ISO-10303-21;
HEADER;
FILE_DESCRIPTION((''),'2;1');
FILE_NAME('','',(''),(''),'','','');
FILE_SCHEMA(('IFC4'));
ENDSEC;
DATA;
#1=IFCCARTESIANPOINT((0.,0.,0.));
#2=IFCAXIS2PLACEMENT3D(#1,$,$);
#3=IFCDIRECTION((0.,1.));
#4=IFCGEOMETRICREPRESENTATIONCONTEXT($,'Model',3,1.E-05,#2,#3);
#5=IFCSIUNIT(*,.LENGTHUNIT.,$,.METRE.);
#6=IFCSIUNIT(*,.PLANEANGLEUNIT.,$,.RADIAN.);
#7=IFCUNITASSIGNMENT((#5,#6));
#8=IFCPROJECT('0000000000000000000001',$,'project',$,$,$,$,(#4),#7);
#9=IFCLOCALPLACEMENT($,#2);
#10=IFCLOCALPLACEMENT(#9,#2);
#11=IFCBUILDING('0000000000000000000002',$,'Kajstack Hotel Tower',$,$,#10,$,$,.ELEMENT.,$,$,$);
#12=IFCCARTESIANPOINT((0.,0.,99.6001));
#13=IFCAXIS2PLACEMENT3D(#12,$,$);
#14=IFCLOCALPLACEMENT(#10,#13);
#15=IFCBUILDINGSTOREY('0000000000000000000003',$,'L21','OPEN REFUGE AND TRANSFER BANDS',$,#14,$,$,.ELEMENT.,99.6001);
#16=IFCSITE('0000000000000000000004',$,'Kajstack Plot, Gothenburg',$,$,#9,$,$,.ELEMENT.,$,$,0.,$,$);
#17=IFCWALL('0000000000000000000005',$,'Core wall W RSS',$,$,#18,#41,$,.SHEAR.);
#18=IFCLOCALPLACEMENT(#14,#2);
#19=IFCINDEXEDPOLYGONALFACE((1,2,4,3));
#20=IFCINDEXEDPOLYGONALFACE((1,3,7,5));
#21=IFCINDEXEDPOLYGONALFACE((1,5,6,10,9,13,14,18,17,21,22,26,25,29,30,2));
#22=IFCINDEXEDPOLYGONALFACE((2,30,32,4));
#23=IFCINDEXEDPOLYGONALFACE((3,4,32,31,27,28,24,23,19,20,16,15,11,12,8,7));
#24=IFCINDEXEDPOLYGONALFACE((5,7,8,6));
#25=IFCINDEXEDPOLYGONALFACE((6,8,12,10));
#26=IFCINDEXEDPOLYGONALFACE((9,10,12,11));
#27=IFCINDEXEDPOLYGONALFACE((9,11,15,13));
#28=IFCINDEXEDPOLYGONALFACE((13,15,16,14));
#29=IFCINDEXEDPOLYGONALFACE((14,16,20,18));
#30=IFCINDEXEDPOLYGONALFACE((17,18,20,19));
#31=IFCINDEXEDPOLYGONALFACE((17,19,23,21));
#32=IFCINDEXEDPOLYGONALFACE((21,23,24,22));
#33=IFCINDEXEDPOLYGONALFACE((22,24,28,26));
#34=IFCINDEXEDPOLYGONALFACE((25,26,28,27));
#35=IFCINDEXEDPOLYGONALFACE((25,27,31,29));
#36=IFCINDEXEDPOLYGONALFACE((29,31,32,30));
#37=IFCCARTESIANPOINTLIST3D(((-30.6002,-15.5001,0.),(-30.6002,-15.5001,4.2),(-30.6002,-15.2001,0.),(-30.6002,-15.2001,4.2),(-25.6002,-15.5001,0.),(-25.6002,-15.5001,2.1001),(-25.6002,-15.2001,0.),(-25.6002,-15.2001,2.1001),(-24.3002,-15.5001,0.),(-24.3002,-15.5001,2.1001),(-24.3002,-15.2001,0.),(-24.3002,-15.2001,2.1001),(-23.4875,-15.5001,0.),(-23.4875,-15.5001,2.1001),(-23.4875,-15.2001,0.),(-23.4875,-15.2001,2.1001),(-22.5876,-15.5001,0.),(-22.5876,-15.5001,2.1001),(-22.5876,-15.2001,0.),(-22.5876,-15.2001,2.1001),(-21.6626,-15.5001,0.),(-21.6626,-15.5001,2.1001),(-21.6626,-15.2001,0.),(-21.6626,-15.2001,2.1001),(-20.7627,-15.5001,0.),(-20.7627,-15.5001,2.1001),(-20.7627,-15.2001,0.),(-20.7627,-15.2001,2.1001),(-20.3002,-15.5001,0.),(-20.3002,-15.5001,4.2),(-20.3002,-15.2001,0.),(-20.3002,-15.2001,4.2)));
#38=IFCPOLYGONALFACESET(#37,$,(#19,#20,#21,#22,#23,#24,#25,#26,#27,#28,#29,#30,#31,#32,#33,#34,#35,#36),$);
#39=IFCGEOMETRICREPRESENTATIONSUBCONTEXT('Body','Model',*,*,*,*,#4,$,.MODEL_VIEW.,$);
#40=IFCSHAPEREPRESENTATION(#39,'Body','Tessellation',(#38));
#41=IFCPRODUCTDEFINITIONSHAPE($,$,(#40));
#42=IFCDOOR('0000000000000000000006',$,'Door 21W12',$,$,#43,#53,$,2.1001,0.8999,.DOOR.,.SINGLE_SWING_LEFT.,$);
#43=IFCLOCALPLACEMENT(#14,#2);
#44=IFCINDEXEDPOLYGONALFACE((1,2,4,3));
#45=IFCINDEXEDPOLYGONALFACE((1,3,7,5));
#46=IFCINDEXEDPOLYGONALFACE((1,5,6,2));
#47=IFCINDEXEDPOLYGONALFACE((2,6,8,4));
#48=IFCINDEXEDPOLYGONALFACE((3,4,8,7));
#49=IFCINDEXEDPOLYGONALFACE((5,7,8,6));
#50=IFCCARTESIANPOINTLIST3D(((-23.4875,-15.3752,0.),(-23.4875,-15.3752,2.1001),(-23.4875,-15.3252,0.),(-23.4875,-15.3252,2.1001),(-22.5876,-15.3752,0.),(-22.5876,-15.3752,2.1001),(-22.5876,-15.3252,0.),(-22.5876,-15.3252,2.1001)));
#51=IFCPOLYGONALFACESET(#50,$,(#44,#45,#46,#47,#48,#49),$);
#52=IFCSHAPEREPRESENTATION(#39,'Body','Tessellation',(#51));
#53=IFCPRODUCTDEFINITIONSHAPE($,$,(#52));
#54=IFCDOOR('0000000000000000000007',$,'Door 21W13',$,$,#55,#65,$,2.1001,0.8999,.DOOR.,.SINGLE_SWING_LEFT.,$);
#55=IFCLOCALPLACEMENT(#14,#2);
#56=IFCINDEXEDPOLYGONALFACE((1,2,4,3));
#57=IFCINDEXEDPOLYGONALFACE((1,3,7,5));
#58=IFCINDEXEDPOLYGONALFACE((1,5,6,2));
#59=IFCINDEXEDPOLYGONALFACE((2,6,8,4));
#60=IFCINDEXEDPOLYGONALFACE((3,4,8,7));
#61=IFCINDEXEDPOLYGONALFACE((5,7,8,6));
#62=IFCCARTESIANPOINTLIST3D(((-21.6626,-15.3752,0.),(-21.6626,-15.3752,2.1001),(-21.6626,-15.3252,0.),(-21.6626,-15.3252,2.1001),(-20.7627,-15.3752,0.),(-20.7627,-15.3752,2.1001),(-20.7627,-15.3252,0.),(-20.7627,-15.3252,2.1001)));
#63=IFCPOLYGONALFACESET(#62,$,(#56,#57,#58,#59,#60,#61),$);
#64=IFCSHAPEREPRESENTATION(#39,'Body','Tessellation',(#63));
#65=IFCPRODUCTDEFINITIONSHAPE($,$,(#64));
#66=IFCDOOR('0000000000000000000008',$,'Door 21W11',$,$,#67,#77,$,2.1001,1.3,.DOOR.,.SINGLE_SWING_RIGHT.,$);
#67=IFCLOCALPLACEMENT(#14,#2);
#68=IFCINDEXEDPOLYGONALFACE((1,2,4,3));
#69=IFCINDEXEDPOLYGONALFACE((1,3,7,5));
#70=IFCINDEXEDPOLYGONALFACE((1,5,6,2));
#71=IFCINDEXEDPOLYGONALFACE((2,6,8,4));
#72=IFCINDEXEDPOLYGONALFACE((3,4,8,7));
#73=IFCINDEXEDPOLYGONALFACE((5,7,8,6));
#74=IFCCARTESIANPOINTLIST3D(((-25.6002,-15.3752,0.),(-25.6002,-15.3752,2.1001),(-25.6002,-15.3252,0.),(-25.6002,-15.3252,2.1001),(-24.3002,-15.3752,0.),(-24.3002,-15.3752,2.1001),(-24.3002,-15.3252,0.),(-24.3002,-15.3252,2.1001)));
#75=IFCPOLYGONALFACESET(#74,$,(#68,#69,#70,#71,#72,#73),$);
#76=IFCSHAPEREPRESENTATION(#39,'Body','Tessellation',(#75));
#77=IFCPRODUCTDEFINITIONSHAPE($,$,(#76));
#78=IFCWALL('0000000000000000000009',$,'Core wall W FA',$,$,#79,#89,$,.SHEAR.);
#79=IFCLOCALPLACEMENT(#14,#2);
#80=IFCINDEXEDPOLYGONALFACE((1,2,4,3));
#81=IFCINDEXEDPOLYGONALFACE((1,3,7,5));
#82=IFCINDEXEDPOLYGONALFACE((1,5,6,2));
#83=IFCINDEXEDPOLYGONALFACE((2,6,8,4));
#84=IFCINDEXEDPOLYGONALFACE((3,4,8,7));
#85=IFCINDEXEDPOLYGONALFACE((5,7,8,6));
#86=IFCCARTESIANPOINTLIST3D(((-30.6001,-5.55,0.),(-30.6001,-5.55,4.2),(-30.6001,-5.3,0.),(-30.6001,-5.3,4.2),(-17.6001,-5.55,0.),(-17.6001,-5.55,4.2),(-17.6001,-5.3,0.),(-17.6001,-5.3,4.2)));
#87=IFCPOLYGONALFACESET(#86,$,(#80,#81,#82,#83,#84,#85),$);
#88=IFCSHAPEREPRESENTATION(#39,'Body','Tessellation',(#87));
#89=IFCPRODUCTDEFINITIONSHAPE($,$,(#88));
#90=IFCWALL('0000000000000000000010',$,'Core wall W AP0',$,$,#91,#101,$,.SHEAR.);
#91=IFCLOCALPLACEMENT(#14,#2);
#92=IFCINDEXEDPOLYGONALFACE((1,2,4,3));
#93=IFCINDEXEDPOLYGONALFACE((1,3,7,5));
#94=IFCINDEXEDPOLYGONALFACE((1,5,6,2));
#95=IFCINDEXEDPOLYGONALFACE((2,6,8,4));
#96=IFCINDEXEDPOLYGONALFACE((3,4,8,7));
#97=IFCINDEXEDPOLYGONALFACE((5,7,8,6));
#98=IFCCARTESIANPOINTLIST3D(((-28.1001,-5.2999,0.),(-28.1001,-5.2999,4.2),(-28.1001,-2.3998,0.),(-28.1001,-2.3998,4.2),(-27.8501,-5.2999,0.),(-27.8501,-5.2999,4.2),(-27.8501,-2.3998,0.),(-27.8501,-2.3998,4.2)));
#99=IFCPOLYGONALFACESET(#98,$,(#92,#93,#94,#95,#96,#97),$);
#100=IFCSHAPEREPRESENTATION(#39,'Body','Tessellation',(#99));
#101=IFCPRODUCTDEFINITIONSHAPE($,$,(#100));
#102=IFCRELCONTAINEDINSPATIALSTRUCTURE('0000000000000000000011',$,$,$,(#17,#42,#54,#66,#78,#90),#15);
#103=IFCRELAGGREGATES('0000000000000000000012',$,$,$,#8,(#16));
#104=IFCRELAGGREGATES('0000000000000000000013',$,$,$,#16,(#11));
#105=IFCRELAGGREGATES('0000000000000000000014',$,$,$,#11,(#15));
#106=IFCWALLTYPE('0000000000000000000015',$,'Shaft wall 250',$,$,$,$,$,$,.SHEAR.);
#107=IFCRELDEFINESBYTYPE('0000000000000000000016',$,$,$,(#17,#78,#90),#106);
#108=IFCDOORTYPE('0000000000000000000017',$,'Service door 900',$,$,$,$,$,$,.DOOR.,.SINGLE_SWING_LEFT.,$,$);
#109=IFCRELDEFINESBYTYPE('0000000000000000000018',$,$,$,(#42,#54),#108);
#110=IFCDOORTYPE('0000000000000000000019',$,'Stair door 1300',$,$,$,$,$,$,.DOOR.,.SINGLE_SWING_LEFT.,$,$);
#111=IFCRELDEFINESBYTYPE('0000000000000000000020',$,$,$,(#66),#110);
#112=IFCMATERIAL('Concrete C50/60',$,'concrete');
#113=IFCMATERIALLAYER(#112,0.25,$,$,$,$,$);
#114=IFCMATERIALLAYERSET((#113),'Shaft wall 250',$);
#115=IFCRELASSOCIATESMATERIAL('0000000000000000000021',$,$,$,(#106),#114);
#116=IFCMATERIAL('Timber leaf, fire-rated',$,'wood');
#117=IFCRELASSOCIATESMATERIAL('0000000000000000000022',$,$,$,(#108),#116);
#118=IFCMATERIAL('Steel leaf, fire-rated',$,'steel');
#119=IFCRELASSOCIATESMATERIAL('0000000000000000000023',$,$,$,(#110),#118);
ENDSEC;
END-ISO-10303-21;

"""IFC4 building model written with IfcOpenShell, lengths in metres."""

from ifc_helpers import new_model, si_unit, direction, frame, frame_2d, origin, place, context, subcontext, project, spatial, rectangle, extrude, material, layer, layer_set, type_object, element, fill, save


model = new_model("IFC4")

# Units and contexts
model_context = context("Model", 3, precision=1e-05, world=origin(), true_north=direction((0.0, 1.0)))
body_context = subcontext(model_context, "Body", "Model", "MODEL_VIEW")
ifc_project = project(units=[si_unit("LENGTHUNIT", "METRE"), si_unit("PLANEANGLEUNIT", "RADIAN")], contexts=[model_context])

# Site, building, storey
site_placement = place(None, origin())
site = spatial("IfcSite", under=ifc_project, at=site_placement, Name="Kajstack Plot, Gothenburg", CompositionType="ELEMENT", RefElevation=0.0)
building_placement = place(site_placement, origin())
building = spatial("IfcBuilding", under=site, at=building_placement, Name="Kajstack Hotel Tower", CompositionType="ELEMENT")
storey_placement = place(building_placement, frame((0.0, 0.0, 99.6001)))
storey = spatial("IfcBuildingStorey", under=building, at=storey_placement, Name="L21", Description="OPEN REFUGE AND TRANSFER BANDS", CompositionType="ELEMENT", Elevation=99.6001)

# Shared definitions
ifc_material_1 = material(Name="Concrete C50/60", Category="concrete")

# Wall, openings, doors
ifc_layer_1 = layer(ifc_material_1, 0.25)
ifc_layer_set_1 = layer_set([ifc_layer_1], Name="Shaft wall 250")
wall_type_1 = type_object("IfcWallType", Name="Shaft wall 250", PredefinedType="SHEAR", material=ifc_layer_set_1)
wall_1_placement = place(storey_placement, frame((-30.6001, -15.3501, 0.0), z_axis=(0.0, 0.0, 1.0), x_axis=(1.0, 0.0, 0.0)))
wall_1 = element("IfcWall", 1, at=wall_1_placement, inside=storey, type_object=wall_type_1, Name="Core wall W RSS", PredefinedType="SHEAR", context=body_context, shape_type="SweptSolid", body=[
    extrude(rectangle(XDim=10.3, YDim=0.3, at=frame_2d((5.1499, 0.0))), origin(), (0.0, 0.0, 1.0), 4.2),
])
opening_1_placement = place(wall_1_placement, frame((5.0, 0.0, 0.0)))
opening_1 = element("IfcOpeningElement", 2, at=opening_1_placement, cuts=wall_1, PredefinedType="OPENING", context=body_context, shape_type="SweptSolid", body=[
    extrude(rectangle(XDim=1.3, YDim=2.1001, at=frame_2d((0.6499, 1.05))), frame((0.0, 0.1599, 0.0), z_axis=(0.0, -1.0, 0.0), x_axis=(1.0, 0.0, 0.0)), (0.0, 0.0, 1.0), 0.3201),
])
opening_2_placement = place(wall_1_placement, frame((7.1125, 0.0, 0.0)))
opening_2 = element("IfcOpeningElement", 3, at=opening_2_placement, cuts=wall_1, PredefinedType="OPENING", context=body_context, shape_type="SweptSolid", body=[
    extrude(rectangle(XDim=0.8999, YDim=2.1001, at=frame_2d((0.45, 1.05))), frame((0.0, 0.1599, 0.0), z_axis=(0.0, -1.0, 0.0), x_axis=(1.0, 0.0, 0.0)), (0.0, 0.0, 1.0), 0.3201),
])
opening_3_placement = place(wall_1_placement, frame((8.9375, 0.0, 0.0)))
opening_3 = element("IfcOpeningElement", 4, at=opening_3_placement, cuts=wall_1, PredefinedType="OPENING", context=body_context, shape_type="SweptSolid", body=[
    extrude(rectangle(XDim=0.8999, YDim=2.1001, at=frame_2d((0.45, 1.05))), frame((0.0, 0.1599, 0.0), z_axis=(0.0, -1.0, 0.0), x_axis=(1.0, 0.0, 0.0)), (0.0, 0.0, 1.0), 0.3201),
])
ifc_material_2 = material(Name="Timber leaf, fire-rated", Category="wood")
door_type_1 = type_object("IfcDoorType", Name="Service door 900", OperationType="SINGLE_SWING_LEFT", PredefinedType="DOOR", material=ifc_material_2)
door_1_placement = place(opening_2_placement, origin())
door_1 = element("IfcDoor", 5, at=door_1_placement, inside=storey, type_object=door_type_1, Name="Door 21W12", OperationType="SINGLE_SWING_LEFT", OverallHeight=2.1001, OverallWidth=0.8999, PredefinedType="DOOR", context=body_context, shape_type="SweptSolid", body=[
    extrude(rectangle(XDim=0.8999, YDim=2.1001, at=frame_2d((0.45, 1.05))), frame((0.0, 0.0249, 0.0), z_axis=(0.0, -1.0, 0.0), x_axis=(1.0, 0.0, 0.0)), (0.0, 0.0, 1.0), 0.05),
])
fill(opening_2, door_1)
door_2_placement = place(opening_3_placement, origin())
door_2 = element("IfcDoor", 6, at=door_2_placement, inside=storey, type_object=door_type_1, Name="Door 21W13", OperationType="SINGLE_SWING_LEFT", OverallHeight=2.1001, OverallWidth=0.8999, PredefinedType="DOOR", context=body_context, shape_type="SweptSolid", body=[
    extrude(rectangle(XDim=0.8999, YDim=2.1001, at=frame_2d((0.45, 1.05))), frame((0.0, 0.0249, 0.0), z_axis=(0.0, -1.0, 0.0), x_axis=(1.0, 0.0, 0.0)), (0.0, 0.0, 1.0), 0.05),
])
fill(opening_3, door_2)
ifc_material_3 = material(Name="Steel leaf, fire-rated", Category="steel")
door_type_2 = type_object("IfcDoorType", Name="Stair door 1300", OperationType="SINGLE_SWING_LEFT", PredefinedType="DOOR", material=ifc_material_3)
door_3_placement = place(opening_1_placement, origin())
door_3 = element("IfcDoor", 7, at=door_3_placement, inside=storey, type_object=door_type_2, Name="Door 21W11", OperationType="SINGLE_SWING_RIGHT", OverallHeight=2.1001, OverallWidth=1.3, PredefinedType="DOOR", context=body_context, shape_type="SweptSolid", body=[
    extrude(rectangle(XDim=1.3, YDim=2.1001, at=frame_2d((0.6499, 1.05))), frame((0.0, 0.0249, 0.0), z_axis=(0.0, -1.0, 0.0), x_axis=(1.0, 0.0, 0.0)), (0.0, 0.0, 1.0), 0.05),
])
fill(opening_1, door_3)

# Walls
wall_2_placement = place(storey_placement, frame((-30.6001, -5.425, 0.0), z_axis=(0.0, 0.0, 1.0), x_axis=(1.0, 0.0, 0.0)))
element("IfcWall", 8, at=wall_2_placement, inside=storey, type_object=wall_type_1, Name="Core wall W FA", PredefinedType="SHEAR", context=body_context, shape_type="SweptSolid", body=[
    extrude(rectangle(XDim=13.0, YDim=0.25, at=frame_2d((6.5, 0.0))), origin(), (0.0, 0.0, 1.0), 4.2),
])
wall_3_placement = place(storey_placement, frame((-27.9751, -5.3, 0.0), z_axis=(0.0, 0.0, 1.0), x_axis=(0.0, 1.0, 0.0)))
element("IfcWall", 9, at=wall_3_placement, inside=storey, type_object=wall_type_1, Name="Core wall W AP0", PredefinedType="SHEAR", context=body_context, shape_type="SweptSolid", body=[
    extrude(rectangle(XDim=2.9001, YDim=0.25, at=frame_2d((1.4502, 0.0))), origin(), (0.0, 0.0, 1.0), 4.2),
])

save(model, "model.ifc")
